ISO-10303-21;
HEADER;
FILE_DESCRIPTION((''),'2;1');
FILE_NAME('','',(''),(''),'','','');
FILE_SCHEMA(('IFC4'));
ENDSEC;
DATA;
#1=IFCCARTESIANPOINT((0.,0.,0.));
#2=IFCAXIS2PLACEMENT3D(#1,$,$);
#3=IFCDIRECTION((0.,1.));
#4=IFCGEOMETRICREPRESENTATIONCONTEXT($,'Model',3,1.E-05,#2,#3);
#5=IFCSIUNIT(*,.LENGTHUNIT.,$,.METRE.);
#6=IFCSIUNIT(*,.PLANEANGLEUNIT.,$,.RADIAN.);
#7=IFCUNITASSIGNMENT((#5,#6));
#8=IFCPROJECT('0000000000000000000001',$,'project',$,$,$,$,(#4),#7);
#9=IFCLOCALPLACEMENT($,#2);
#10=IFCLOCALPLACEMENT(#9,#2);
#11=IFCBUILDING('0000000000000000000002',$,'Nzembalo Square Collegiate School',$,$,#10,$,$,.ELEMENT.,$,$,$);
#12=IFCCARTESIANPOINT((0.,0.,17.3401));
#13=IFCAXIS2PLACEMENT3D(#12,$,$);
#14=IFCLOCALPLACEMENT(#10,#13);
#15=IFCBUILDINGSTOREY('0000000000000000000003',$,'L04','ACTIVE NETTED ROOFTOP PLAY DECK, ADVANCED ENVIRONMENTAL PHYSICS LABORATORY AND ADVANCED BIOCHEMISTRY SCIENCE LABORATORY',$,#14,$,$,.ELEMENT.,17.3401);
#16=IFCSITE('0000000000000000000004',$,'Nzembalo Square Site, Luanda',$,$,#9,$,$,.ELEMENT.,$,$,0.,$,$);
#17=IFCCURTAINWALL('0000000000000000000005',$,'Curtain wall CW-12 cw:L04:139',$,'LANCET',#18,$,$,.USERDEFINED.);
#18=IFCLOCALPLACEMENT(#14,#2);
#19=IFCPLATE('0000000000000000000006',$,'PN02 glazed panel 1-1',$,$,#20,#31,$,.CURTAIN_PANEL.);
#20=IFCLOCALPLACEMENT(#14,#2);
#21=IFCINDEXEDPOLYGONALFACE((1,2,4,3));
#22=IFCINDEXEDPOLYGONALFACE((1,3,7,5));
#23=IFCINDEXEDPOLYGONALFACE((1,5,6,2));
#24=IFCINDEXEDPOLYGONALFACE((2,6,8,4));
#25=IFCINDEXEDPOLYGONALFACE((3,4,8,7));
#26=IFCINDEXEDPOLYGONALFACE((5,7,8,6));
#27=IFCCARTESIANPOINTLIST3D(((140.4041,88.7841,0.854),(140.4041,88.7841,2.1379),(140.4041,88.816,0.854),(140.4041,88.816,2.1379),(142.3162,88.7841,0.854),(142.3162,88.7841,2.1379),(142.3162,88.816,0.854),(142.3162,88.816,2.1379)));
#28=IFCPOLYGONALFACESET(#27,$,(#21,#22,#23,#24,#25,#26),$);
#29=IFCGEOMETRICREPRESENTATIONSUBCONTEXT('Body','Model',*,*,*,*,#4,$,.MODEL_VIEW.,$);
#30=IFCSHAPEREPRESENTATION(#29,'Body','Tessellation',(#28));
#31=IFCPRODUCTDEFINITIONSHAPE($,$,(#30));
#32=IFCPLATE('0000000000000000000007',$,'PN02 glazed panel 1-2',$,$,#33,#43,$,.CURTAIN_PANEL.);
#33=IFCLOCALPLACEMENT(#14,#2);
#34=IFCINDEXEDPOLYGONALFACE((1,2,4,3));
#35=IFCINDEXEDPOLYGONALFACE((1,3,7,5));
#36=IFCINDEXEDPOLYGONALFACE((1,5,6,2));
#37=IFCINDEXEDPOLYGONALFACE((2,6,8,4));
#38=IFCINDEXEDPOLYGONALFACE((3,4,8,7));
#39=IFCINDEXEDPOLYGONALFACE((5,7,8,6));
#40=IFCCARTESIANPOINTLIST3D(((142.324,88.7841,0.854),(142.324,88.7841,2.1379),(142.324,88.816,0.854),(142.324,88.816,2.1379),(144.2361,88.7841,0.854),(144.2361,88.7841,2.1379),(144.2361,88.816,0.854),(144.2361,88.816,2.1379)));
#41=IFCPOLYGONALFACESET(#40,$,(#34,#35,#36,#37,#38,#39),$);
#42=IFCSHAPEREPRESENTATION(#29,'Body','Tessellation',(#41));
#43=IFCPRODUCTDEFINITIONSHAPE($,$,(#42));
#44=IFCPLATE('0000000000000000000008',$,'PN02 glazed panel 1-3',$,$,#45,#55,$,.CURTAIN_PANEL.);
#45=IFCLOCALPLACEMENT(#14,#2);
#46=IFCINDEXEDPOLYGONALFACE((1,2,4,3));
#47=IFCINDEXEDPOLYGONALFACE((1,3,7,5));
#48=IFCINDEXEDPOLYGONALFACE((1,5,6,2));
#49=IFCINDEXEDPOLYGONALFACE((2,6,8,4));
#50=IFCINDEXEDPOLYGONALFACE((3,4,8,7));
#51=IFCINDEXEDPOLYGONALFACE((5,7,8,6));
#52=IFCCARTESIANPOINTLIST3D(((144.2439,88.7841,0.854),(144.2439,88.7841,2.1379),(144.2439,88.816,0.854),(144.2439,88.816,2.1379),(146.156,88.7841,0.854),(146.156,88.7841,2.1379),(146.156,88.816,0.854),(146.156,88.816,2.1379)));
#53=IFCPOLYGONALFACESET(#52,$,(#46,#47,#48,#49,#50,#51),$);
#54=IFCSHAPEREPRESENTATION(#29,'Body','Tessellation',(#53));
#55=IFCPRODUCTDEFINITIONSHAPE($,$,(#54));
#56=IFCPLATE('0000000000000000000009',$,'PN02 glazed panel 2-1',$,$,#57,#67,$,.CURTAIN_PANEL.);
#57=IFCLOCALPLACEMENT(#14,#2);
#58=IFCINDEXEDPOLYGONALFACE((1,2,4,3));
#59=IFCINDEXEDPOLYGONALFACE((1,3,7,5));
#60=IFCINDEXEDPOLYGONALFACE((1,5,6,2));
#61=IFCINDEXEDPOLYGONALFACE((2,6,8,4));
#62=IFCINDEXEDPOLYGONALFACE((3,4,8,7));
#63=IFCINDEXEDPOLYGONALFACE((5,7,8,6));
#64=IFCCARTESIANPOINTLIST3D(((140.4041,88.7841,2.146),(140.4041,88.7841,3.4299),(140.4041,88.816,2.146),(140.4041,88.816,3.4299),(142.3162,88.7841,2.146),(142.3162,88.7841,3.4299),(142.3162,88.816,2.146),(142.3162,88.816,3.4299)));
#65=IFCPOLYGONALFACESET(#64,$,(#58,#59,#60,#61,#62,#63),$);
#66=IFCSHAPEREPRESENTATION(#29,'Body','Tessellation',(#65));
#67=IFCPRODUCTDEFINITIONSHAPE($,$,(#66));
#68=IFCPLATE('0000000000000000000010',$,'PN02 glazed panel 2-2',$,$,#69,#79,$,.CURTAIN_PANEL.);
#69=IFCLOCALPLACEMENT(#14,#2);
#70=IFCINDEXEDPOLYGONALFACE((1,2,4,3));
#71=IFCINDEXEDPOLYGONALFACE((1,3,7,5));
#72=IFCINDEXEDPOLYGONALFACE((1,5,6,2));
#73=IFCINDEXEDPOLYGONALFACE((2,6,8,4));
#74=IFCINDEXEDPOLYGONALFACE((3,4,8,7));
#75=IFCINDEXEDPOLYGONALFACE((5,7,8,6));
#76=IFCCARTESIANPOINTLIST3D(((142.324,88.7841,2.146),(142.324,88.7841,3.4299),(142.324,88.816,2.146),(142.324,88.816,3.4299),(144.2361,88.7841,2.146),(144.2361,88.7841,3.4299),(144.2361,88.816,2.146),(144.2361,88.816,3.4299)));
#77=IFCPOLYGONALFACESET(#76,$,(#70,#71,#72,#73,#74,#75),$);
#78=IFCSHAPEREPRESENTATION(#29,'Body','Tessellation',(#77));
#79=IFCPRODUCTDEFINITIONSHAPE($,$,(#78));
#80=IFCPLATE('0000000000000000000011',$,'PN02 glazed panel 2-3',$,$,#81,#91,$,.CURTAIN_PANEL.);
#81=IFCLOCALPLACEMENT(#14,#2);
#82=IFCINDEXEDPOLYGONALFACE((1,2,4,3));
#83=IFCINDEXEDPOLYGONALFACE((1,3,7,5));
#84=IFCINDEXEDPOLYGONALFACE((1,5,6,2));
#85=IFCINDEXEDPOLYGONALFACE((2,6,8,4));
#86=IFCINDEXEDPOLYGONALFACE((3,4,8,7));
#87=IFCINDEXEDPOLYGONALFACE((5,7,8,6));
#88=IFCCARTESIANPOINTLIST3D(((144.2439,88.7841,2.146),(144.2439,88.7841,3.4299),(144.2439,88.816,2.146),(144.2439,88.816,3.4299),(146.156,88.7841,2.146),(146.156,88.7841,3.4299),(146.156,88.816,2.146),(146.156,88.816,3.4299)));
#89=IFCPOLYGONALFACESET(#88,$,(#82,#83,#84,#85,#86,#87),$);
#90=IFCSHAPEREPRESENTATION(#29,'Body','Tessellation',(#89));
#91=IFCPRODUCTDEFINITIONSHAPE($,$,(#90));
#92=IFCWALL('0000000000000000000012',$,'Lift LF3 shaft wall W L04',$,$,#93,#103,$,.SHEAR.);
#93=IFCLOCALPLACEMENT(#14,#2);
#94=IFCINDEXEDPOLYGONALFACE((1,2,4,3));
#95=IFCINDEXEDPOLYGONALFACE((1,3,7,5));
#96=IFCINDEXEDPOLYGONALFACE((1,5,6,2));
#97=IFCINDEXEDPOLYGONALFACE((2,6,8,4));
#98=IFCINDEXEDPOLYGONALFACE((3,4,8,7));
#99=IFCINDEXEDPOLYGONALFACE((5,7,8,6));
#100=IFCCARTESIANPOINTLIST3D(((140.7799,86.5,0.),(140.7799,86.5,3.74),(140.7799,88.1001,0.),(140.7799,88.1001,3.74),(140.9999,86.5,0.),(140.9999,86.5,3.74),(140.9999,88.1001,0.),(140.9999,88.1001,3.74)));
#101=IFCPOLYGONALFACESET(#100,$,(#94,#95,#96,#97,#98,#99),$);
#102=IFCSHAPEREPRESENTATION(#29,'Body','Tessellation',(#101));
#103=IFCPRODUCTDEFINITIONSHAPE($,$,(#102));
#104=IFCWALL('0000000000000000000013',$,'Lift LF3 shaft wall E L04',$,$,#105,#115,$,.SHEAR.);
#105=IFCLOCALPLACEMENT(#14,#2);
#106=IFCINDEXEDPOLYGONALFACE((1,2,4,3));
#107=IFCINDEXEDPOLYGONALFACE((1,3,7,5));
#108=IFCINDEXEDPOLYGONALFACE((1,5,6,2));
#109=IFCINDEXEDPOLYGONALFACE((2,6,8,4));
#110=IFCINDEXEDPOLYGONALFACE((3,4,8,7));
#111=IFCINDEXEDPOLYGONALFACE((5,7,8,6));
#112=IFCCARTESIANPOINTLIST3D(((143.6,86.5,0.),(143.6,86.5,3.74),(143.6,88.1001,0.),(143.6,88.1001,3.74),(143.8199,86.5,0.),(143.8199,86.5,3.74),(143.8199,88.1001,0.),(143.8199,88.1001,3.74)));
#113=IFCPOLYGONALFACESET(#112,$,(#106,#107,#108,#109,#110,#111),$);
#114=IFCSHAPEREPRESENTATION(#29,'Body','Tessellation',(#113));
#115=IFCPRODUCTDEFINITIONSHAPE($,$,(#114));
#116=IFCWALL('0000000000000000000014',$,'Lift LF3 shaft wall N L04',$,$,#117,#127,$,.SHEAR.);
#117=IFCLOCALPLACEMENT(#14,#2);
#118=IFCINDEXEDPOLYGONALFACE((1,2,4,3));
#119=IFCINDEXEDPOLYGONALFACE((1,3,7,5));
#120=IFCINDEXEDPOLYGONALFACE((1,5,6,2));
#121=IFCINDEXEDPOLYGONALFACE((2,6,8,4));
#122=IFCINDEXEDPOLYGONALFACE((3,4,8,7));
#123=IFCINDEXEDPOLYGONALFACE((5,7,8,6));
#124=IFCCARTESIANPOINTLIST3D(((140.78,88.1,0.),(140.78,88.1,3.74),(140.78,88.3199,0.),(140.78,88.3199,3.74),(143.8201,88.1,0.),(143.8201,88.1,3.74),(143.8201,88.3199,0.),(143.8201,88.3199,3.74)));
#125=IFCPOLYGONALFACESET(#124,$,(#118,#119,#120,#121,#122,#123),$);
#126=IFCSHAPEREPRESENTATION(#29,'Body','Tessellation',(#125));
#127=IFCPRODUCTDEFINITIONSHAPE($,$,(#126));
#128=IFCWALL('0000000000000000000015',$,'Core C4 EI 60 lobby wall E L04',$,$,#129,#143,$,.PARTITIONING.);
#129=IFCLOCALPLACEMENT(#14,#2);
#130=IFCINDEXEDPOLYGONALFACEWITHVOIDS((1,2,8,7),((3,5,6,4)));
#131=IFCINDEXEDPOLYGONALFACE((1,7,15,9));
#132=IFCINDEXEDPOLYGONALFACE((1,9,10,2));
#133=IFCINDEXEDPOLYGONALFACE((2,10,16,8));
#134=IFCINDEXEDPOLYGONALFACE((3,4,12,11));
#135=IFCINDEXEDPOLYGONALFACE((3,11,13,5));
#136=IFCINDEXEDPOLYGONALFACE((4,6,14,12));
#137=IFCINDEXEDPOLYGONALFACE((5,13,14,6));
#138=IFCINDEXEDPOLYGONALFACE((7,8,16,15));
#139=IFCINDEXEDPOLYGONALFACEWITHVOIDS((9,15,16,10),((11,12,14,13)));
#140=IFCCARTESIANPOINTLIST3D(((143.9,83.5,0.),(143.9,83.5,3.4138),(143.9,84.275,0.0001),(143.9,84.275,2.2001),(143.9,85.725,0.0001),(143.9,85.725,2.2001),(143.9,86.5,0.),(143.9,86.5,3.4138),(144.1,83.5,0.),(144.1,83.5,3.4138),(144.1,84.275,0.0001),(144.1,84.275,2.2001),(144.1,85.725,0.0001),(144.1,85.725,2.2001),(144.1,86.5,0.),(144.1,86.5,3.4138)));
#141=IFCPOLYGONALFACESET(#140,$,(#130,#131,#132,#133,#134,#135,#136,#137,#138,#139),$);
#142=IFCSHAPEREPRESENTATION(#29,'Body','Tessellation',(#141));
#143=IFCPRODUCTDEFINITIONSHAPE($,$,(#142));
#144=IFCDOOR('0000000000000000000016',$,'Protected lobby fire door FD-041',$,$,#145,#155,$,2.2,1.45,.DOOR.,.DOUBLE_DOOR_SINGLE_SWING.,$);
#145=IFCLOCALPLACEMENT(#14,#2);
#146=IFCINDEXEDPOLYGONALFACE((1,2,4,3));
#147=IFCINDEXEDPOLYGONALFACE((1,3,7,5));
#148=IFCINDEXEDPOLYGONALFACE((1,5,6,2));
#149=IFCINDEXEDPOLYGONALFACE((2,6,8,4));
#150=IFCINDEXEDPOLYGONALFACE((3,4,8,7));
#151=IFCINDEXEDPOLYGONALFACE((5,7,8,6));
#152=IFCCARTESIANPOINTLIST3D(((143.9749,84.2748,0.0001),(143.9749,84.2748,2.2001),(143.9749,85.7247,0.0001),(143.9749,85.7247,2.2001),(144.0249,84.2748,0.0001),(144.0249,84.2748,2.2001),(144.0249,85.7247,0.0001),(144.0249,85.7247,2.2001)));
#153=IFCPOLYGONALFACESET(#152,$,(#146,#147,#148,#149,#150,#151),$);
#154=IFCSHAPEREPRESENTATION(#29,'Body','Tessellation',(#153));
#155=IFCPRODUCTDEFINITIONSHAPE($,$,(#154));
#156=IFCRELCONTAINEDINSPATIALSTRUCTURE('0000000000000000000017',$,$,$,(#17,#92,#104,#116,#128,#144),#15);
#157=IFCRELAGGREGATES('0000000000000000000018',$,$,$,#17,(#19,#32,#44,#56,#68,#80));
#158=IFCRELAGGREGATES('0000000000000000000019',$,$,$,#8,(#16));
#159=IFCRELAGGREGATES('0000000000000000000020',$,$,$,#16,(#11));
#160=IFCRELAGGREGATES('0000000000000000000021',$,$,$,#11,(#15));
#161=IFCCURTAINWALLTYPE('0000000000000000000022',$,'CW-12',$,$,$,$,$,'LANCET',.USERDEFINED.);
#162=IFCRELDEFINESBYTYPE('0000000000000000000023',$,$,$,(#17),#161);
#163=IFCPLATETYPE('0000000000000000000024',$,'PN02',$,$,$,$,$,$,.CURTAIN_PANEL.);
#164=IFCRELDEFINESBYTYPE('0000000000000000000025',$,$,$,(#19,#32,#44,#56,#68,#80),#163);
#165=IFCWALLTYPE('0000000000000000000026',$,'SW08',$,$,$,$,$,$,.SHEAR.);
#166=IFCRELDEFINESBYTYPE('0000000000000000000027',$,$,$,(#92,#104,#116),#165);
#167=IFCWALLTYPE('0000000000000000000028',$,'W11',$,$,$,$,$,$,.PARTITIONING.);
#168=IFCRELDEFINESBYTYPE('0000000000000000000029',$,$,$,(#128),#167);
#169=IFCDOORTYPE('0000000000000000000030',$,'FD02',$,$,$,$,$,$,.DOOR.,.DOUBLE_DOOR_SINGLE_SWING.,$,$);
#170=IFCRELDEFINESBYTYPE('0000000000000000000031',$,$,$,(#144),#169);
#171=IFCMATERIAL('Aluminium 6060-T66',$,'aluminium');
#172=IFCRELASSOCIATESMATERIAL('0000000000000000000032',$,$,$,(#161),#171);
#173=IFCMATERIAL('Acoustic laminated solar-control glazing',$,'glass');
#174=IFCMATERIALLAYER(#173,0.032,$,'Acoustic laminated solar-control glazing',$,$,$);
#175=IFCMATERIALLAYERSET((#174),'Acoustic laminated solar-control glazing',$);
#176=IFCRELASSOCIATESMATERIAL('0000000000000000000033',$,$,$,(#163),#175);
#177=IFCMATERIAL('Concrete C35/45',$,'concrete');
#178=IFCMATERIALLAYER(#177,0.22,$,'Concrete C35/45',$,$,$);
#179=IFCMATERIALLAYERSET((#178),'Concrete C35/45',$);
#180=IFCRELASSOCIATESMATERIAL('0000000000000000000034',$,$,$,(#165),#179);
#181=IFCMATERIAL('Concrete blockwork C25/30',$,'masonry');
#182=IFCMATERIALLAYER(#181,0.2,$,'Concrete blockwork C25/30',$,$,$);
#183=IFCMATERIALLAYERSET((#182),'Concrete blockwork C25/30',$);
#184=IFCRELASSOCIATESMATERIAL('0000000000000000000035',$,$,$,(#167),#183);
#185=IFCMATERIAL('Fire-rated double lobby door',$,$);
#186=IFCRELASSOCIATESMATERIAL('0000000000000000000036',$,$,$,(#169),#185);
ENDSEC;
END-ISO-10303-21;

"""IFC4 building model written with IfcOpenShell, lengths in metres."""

from ifc_helpers import new_model, si_unit, direction, frame, frame_2d, origin, origin_2d, place, context, subcontext, project, spatial, rectangle, extrude, material, layer, layer_set, type_object, element, fill, aggregate, save


model = new_model("IFC4")

# Units and contexts
model_context = context("Model", 3, precision=1e-05, world=origin(), true_north=direction((0.0, 1.0)))
body_context = subcontext(model_context, "Body", "Model", "MODEL_VIEW")
ifc_project = project(units=[si_unit("LENGTHUNIT", "METRE"), si_unit("PLANEANGLEUNIT", "RADIAN")], contexts=[model_context])

# Site, building, storey
site_placement = place(None, origin())
site = spatial("IfcSite", under=ifc_project, at=site_placement, Name="Nzembalo Square Site, Luanda", CompositionType="ELEMENT", RefElevation=0.0)
building_placement = place(site_placement, origin())
building = spatial("IfcBuilding", under=site, at=building_placement, Name="Nzembalo Square Collegiate School", CompositionType="ELEMENT")
storey_placement = place(building_placement, frame((0.0, 0.0, 17.3401)))
storey = spatial("IfcBuildingStorey", under=building, at=storey_placement, Name="L04", Description="ACTIVE NETTED ROOFTOP PLAY DECK, ADVANCED ENVIRONMENTAL PHYSICS LABORATORY AND ADVANCED BIOCHEMISTRY SCIENCE LABORATORY", CompositionType="ELEMENT", Elevation=17.3401)

# Curtain wall
ifc_material_1 = material(Name="Aluminium 6060-T66", Category="aluminium")
curtain_wall_type = type_object("IfcCurtainWallType", Name="CW-12", ElementType="LANCET", PredefinedType="USERDEFINED", material=ifc_material_1)
curtain_wall_placement = place(storey_placement, origin())
curtain_wall = element("IfcCurtainWall", 1, at=curtain_wall_placement, inside=storey, type_object=curtain_wall_type, Name="Curtain wall CW-12 cw:L04:139", ObjectType="LANCET", PredefinedType="USERDEFINED")

# Plates
ifc_material_2 = material(Name="Acoustic laminated solar-control glazing", Category="glass")
ifc_layer_1 = layer(ifc_material_2, 0.032, Name="Acoustic laminated solar-control glazing")
ifc_layer_set_1 = layer_set([ifc_layer_1], Name="Acoustic laminated solar-control glazing")
plate_type = type_object("IfcPlateType", Name="PN02", PredefinedType="CURTAIN_PANEL", material=ifc_layer_set_1)
plate_1_placement = place(storey_placement, frame((141.3601, 88.8, 0.854), z_axis=(0.0, 0.0, 1.0), x_axis=(1.0, 0.0, 0.0)))
plate_1 = element("IfcPlate", 2, at=plate_1_placement, type_object=plate_type, Name="PN02 glazed panel 1-1", PredefinedType="CURTAIN_PANEL", context=body_context, shape_type="SweptSolid", body=[
    extrude(rectangle(XDim=1.9121, YDim=0.032, at=origin_2d()), origin(), (0.0, 0.0, 1.0), 1.2839),
])
plate_2_placement = place(storey_placement, frame((143.28, 88.8, 0.854), z_axis=(0.0, 0.0, 1.0), x_axis=(1.0, 0.0, 0.0)))
plate_2 = element("IfcPlate", 3, at=plate_2_placement, type_object=plate_type, Name="PN02 glazed panel 1-2", PredefinedType="CURTAIN_PANEL", context=body_context, shape_type="SweptSolid", body=[
    extrude(rectangle(XDim=1.9121, YDim=0.032, at=origin_2d()), origin(), (0.0, 0.0, 1.0), 1.2839),
])
plate_3_placement = place(storey_placement, frame((145.2, 88.8, 0.854), z_axis=(0.0, 0.0, 1.0), x_axis=(1.0, 0.0, 0.0)))
plate_3 = element("IfcPlate", 4, at=plate_3_placement, type_object=plate_type, Name="PN02 glazed panel 1-3", PredefinedType="CURTAIN_PANEL", context=body_context, shape_type="SweptSolid", body=[
    extrude(rectangle(XDim=1.9121, YDim=0.032, at=origin_2d()), origin(), (0.0, 0.0, 1.0), 1.2839),
])
plate_4_placement = place(storey_placement, frame((141.3601, 88.8, 2.146), z_axis=(0.0, 0.0, 1.0), x_axis=(1.0, 0.0, 0.0)))
plate_4 = element("IfcPlate", 5, at=plate_4_placement, type_object=plate_type, Name="PN02 glazed panel 2-1", PredefinedType="CURTAIN_PANEL", context=body_context, shape_type="SweptSolid", body=[
    extrude(rectangle(XDim=1.9121, YDim=0.032, at=origin_2d()), origin(), (0.0, 0.0, 1.0), 1.2839),
])
plate_5_placement = place(storey_placement, frame((143.28, 88.8, 2.146), z_axis=(0.0, 0.0, 1.0), x_axis=(1.0, 0.0, 0.0)))
plate_5 = element("IfcPlate", 6, at=plate_5_placement, type_object=plate_type, Name="PN02 glazed panel 2-2", PredefinedType="CURTAIN_PANEL", context=body_context, shape_type="SweptSolid", body=[
    extrude(rectangle(XDim=1.9121, YDim=0.032, at=origin_2d()), origin(), (0.0, 0.0, 1.0), 1.2839),
])
plate_6_placement = place(storey_placement, frame((145.2, 88.8, 2.146), z_axis=(0.0, 0.0, 1.0), x_axis=(1.0, 0.0, 0.0)))
plate_6 = element("IfcPlate", 7, at=plate_6_placement, type_object=plate_type, Name="PN02 glazed panel 2-3", PredefinedType="CURTAIN_PANEL", context=body_context, shape_type="SweptSolid", body=[
    extrude(rectangle(XDim=1.9121, YDim=0.032, at=origin_2d()), origin(), (0.0, 0.0, 1.0), 1.2839),
])
aggregate(curtain_wall, [plate_1, plate_2, plate_3, plate_4, plate_5, plate_6])

# Walls
ifc_material_3 = material(Name="Concrete C35/45", Category="concrete")
ifc_layer_2 = layer(ifc_material_3, 0.22, Name="Concrete C35/45")
ifc_layer_set_2 = layer_set([ifc_layer_2], Name="Concrete C35/45")
wall_type_1 = type_object("IfcWallType", Name="SW08", PredefinedType="SHEAR", material=ifc_layer_set_2)
for number, where, z_axis, x_axis, name in (
    (8, (140.8899, 86.5, 0.0), (0.0, 0.0, 1.0), (0.0, 1.0, 0.0), "Lift LF3 shaft wall W L04"),
    (9, (143.71, 86.5, 0.0), (0.0, 0.0, 1.0), (0.0, 1.0, 0.0), "Lift LF3 shaft wall E L04"),
):
    element("IfcWall", number, at=place(storey_placement, frame(where, z_axis=z_axis, x_axis=x_axis)), inside=storey, type_object=wall_type_1, Name=name, PredefinedType="SHEAR", context=body_context, shape_type="SweptSolid", body=[
        extrude(rectangle(XDim=1.6001, YDim=0.22, at=frame_2d((0.8, 0.0))), origin(), (0.0, 0.0, 1.0), 3.74),
    ])
wall_1_placement = place(storey_placement, frame((140.78, 88.21, 0.0), z_axis=(0.0, 0.0, 1.0), x_axis=(1.0, 0.0, 0.0)))
element("IfcWall", 10, at=wall_1_placement, inside=storey, type_object=wall_type_1, Name="Lift LF3 shaft wall N L04", PredefinedType="SHEAR", context=body_context, shape_type="SweptSolid", body=[
    extrude(rectangle(XDim=3.04, YDim=0.22, at=frame_2d((1.52, 0.0))), origin(), (0.0, 0.0, 1.0), 3.74),
])

# Wall, opening, door
ifc_material_4 = material(Name="Concrete blockwork C25/30", Category="masonry")
ifc_layer_3 = layer(ifc_material_4, 0.2, Name="Concrete blockwork C25/30")
ifc_layer_set_3 = layer_set([ifc_layer_3], Name="Concrete blockwork C25/30")
wall_type_2 = type_object("IfcWallType", Name="W11", PredefinedType="PARTITIONING", material=ifc_layer_set_3)
wall_2_placement = place(storey_placement, frame((144.0, 83.5, 0.0), z_axis=(0.0, 0.0, 1.0), x_axis=(0.0, 1.0, 0.0)))
wall_2 = element("IfcWall", 11, at=wall_2_placement, inside=storey, type_object=wall_type_2, Name="Core C4 EI 60 lobby wall E L04", PredefinedType="PARTITIONING", context=body_context, shape_type="SweptSolid", body=[
    extrude(rectangle(XDim=3.0, YDim=0.2, at=frame_2d((1.5, 0.0))), origin(), (0.0, 0.0, 1.0), 3.4138),
])
opening_1_placement = place(wall_2_placement, frame((0.7749, 0.0, 0.0)))
opening_1 = element("IfcOpeningElement", 12, at=opening_1_placement, cuts=wall_2, PredefinedType="OPENING", context=body_context, shape_type="SweptSolid", body=[
    extrude(rectangle(XDim=1.45, YDim=2.2, at=frame_2d((0.7251, 1.1001))), frame((0.0, 0.1099, 0.0), z_axis=(0.0, -1.0, 0.0), x_axis=(1.0, 0.0, 0.0)), (0.0, 0.0, 1.0), 0.22),
])
ifc_material_5 = material(Name="Fire-rated double lobby door")
door_type_1 = type_object("IfcDoorType", Name="FD02", OperationType="DOUBLE_DOOR_SINGLE_SWING", PredefinedType="DOOR", material=ifc_material_5)
door_1_placement = place(opening_1_placement, frame((1.45, 0.0, 0.0), z_axis=(0.0, 0.0, 1.0), x_axis=(-1.0, 0.0, 0.0)))
door_1 = element("IfcDoor", 13, at=door_1_placement, inside=storey, type_object=door_type_1, Name="Protected lobby fire door FD-041", OperationType="DOUBLE_DOOR_SINGLE_SWING", OverallHeight=2.2, OverallWidth=1.45, PredefinedType="DOOR", context=body_context, shape_type="SweptSolid", body=[
    extrude(rectangle(XDim=1.45, YDim=2.2, at=frame_2d((0.7251, 1.1001))), frame((0.0, 0.0249, 0.0), z_axis=(0.0, -1.0, 0.0), x_axis=(1.0, 0.0, 0.0)), (0.0, 0.0, 1.0), 0.05),
])
fill(opening_1, door_1)

save(model, "model.ifc")
